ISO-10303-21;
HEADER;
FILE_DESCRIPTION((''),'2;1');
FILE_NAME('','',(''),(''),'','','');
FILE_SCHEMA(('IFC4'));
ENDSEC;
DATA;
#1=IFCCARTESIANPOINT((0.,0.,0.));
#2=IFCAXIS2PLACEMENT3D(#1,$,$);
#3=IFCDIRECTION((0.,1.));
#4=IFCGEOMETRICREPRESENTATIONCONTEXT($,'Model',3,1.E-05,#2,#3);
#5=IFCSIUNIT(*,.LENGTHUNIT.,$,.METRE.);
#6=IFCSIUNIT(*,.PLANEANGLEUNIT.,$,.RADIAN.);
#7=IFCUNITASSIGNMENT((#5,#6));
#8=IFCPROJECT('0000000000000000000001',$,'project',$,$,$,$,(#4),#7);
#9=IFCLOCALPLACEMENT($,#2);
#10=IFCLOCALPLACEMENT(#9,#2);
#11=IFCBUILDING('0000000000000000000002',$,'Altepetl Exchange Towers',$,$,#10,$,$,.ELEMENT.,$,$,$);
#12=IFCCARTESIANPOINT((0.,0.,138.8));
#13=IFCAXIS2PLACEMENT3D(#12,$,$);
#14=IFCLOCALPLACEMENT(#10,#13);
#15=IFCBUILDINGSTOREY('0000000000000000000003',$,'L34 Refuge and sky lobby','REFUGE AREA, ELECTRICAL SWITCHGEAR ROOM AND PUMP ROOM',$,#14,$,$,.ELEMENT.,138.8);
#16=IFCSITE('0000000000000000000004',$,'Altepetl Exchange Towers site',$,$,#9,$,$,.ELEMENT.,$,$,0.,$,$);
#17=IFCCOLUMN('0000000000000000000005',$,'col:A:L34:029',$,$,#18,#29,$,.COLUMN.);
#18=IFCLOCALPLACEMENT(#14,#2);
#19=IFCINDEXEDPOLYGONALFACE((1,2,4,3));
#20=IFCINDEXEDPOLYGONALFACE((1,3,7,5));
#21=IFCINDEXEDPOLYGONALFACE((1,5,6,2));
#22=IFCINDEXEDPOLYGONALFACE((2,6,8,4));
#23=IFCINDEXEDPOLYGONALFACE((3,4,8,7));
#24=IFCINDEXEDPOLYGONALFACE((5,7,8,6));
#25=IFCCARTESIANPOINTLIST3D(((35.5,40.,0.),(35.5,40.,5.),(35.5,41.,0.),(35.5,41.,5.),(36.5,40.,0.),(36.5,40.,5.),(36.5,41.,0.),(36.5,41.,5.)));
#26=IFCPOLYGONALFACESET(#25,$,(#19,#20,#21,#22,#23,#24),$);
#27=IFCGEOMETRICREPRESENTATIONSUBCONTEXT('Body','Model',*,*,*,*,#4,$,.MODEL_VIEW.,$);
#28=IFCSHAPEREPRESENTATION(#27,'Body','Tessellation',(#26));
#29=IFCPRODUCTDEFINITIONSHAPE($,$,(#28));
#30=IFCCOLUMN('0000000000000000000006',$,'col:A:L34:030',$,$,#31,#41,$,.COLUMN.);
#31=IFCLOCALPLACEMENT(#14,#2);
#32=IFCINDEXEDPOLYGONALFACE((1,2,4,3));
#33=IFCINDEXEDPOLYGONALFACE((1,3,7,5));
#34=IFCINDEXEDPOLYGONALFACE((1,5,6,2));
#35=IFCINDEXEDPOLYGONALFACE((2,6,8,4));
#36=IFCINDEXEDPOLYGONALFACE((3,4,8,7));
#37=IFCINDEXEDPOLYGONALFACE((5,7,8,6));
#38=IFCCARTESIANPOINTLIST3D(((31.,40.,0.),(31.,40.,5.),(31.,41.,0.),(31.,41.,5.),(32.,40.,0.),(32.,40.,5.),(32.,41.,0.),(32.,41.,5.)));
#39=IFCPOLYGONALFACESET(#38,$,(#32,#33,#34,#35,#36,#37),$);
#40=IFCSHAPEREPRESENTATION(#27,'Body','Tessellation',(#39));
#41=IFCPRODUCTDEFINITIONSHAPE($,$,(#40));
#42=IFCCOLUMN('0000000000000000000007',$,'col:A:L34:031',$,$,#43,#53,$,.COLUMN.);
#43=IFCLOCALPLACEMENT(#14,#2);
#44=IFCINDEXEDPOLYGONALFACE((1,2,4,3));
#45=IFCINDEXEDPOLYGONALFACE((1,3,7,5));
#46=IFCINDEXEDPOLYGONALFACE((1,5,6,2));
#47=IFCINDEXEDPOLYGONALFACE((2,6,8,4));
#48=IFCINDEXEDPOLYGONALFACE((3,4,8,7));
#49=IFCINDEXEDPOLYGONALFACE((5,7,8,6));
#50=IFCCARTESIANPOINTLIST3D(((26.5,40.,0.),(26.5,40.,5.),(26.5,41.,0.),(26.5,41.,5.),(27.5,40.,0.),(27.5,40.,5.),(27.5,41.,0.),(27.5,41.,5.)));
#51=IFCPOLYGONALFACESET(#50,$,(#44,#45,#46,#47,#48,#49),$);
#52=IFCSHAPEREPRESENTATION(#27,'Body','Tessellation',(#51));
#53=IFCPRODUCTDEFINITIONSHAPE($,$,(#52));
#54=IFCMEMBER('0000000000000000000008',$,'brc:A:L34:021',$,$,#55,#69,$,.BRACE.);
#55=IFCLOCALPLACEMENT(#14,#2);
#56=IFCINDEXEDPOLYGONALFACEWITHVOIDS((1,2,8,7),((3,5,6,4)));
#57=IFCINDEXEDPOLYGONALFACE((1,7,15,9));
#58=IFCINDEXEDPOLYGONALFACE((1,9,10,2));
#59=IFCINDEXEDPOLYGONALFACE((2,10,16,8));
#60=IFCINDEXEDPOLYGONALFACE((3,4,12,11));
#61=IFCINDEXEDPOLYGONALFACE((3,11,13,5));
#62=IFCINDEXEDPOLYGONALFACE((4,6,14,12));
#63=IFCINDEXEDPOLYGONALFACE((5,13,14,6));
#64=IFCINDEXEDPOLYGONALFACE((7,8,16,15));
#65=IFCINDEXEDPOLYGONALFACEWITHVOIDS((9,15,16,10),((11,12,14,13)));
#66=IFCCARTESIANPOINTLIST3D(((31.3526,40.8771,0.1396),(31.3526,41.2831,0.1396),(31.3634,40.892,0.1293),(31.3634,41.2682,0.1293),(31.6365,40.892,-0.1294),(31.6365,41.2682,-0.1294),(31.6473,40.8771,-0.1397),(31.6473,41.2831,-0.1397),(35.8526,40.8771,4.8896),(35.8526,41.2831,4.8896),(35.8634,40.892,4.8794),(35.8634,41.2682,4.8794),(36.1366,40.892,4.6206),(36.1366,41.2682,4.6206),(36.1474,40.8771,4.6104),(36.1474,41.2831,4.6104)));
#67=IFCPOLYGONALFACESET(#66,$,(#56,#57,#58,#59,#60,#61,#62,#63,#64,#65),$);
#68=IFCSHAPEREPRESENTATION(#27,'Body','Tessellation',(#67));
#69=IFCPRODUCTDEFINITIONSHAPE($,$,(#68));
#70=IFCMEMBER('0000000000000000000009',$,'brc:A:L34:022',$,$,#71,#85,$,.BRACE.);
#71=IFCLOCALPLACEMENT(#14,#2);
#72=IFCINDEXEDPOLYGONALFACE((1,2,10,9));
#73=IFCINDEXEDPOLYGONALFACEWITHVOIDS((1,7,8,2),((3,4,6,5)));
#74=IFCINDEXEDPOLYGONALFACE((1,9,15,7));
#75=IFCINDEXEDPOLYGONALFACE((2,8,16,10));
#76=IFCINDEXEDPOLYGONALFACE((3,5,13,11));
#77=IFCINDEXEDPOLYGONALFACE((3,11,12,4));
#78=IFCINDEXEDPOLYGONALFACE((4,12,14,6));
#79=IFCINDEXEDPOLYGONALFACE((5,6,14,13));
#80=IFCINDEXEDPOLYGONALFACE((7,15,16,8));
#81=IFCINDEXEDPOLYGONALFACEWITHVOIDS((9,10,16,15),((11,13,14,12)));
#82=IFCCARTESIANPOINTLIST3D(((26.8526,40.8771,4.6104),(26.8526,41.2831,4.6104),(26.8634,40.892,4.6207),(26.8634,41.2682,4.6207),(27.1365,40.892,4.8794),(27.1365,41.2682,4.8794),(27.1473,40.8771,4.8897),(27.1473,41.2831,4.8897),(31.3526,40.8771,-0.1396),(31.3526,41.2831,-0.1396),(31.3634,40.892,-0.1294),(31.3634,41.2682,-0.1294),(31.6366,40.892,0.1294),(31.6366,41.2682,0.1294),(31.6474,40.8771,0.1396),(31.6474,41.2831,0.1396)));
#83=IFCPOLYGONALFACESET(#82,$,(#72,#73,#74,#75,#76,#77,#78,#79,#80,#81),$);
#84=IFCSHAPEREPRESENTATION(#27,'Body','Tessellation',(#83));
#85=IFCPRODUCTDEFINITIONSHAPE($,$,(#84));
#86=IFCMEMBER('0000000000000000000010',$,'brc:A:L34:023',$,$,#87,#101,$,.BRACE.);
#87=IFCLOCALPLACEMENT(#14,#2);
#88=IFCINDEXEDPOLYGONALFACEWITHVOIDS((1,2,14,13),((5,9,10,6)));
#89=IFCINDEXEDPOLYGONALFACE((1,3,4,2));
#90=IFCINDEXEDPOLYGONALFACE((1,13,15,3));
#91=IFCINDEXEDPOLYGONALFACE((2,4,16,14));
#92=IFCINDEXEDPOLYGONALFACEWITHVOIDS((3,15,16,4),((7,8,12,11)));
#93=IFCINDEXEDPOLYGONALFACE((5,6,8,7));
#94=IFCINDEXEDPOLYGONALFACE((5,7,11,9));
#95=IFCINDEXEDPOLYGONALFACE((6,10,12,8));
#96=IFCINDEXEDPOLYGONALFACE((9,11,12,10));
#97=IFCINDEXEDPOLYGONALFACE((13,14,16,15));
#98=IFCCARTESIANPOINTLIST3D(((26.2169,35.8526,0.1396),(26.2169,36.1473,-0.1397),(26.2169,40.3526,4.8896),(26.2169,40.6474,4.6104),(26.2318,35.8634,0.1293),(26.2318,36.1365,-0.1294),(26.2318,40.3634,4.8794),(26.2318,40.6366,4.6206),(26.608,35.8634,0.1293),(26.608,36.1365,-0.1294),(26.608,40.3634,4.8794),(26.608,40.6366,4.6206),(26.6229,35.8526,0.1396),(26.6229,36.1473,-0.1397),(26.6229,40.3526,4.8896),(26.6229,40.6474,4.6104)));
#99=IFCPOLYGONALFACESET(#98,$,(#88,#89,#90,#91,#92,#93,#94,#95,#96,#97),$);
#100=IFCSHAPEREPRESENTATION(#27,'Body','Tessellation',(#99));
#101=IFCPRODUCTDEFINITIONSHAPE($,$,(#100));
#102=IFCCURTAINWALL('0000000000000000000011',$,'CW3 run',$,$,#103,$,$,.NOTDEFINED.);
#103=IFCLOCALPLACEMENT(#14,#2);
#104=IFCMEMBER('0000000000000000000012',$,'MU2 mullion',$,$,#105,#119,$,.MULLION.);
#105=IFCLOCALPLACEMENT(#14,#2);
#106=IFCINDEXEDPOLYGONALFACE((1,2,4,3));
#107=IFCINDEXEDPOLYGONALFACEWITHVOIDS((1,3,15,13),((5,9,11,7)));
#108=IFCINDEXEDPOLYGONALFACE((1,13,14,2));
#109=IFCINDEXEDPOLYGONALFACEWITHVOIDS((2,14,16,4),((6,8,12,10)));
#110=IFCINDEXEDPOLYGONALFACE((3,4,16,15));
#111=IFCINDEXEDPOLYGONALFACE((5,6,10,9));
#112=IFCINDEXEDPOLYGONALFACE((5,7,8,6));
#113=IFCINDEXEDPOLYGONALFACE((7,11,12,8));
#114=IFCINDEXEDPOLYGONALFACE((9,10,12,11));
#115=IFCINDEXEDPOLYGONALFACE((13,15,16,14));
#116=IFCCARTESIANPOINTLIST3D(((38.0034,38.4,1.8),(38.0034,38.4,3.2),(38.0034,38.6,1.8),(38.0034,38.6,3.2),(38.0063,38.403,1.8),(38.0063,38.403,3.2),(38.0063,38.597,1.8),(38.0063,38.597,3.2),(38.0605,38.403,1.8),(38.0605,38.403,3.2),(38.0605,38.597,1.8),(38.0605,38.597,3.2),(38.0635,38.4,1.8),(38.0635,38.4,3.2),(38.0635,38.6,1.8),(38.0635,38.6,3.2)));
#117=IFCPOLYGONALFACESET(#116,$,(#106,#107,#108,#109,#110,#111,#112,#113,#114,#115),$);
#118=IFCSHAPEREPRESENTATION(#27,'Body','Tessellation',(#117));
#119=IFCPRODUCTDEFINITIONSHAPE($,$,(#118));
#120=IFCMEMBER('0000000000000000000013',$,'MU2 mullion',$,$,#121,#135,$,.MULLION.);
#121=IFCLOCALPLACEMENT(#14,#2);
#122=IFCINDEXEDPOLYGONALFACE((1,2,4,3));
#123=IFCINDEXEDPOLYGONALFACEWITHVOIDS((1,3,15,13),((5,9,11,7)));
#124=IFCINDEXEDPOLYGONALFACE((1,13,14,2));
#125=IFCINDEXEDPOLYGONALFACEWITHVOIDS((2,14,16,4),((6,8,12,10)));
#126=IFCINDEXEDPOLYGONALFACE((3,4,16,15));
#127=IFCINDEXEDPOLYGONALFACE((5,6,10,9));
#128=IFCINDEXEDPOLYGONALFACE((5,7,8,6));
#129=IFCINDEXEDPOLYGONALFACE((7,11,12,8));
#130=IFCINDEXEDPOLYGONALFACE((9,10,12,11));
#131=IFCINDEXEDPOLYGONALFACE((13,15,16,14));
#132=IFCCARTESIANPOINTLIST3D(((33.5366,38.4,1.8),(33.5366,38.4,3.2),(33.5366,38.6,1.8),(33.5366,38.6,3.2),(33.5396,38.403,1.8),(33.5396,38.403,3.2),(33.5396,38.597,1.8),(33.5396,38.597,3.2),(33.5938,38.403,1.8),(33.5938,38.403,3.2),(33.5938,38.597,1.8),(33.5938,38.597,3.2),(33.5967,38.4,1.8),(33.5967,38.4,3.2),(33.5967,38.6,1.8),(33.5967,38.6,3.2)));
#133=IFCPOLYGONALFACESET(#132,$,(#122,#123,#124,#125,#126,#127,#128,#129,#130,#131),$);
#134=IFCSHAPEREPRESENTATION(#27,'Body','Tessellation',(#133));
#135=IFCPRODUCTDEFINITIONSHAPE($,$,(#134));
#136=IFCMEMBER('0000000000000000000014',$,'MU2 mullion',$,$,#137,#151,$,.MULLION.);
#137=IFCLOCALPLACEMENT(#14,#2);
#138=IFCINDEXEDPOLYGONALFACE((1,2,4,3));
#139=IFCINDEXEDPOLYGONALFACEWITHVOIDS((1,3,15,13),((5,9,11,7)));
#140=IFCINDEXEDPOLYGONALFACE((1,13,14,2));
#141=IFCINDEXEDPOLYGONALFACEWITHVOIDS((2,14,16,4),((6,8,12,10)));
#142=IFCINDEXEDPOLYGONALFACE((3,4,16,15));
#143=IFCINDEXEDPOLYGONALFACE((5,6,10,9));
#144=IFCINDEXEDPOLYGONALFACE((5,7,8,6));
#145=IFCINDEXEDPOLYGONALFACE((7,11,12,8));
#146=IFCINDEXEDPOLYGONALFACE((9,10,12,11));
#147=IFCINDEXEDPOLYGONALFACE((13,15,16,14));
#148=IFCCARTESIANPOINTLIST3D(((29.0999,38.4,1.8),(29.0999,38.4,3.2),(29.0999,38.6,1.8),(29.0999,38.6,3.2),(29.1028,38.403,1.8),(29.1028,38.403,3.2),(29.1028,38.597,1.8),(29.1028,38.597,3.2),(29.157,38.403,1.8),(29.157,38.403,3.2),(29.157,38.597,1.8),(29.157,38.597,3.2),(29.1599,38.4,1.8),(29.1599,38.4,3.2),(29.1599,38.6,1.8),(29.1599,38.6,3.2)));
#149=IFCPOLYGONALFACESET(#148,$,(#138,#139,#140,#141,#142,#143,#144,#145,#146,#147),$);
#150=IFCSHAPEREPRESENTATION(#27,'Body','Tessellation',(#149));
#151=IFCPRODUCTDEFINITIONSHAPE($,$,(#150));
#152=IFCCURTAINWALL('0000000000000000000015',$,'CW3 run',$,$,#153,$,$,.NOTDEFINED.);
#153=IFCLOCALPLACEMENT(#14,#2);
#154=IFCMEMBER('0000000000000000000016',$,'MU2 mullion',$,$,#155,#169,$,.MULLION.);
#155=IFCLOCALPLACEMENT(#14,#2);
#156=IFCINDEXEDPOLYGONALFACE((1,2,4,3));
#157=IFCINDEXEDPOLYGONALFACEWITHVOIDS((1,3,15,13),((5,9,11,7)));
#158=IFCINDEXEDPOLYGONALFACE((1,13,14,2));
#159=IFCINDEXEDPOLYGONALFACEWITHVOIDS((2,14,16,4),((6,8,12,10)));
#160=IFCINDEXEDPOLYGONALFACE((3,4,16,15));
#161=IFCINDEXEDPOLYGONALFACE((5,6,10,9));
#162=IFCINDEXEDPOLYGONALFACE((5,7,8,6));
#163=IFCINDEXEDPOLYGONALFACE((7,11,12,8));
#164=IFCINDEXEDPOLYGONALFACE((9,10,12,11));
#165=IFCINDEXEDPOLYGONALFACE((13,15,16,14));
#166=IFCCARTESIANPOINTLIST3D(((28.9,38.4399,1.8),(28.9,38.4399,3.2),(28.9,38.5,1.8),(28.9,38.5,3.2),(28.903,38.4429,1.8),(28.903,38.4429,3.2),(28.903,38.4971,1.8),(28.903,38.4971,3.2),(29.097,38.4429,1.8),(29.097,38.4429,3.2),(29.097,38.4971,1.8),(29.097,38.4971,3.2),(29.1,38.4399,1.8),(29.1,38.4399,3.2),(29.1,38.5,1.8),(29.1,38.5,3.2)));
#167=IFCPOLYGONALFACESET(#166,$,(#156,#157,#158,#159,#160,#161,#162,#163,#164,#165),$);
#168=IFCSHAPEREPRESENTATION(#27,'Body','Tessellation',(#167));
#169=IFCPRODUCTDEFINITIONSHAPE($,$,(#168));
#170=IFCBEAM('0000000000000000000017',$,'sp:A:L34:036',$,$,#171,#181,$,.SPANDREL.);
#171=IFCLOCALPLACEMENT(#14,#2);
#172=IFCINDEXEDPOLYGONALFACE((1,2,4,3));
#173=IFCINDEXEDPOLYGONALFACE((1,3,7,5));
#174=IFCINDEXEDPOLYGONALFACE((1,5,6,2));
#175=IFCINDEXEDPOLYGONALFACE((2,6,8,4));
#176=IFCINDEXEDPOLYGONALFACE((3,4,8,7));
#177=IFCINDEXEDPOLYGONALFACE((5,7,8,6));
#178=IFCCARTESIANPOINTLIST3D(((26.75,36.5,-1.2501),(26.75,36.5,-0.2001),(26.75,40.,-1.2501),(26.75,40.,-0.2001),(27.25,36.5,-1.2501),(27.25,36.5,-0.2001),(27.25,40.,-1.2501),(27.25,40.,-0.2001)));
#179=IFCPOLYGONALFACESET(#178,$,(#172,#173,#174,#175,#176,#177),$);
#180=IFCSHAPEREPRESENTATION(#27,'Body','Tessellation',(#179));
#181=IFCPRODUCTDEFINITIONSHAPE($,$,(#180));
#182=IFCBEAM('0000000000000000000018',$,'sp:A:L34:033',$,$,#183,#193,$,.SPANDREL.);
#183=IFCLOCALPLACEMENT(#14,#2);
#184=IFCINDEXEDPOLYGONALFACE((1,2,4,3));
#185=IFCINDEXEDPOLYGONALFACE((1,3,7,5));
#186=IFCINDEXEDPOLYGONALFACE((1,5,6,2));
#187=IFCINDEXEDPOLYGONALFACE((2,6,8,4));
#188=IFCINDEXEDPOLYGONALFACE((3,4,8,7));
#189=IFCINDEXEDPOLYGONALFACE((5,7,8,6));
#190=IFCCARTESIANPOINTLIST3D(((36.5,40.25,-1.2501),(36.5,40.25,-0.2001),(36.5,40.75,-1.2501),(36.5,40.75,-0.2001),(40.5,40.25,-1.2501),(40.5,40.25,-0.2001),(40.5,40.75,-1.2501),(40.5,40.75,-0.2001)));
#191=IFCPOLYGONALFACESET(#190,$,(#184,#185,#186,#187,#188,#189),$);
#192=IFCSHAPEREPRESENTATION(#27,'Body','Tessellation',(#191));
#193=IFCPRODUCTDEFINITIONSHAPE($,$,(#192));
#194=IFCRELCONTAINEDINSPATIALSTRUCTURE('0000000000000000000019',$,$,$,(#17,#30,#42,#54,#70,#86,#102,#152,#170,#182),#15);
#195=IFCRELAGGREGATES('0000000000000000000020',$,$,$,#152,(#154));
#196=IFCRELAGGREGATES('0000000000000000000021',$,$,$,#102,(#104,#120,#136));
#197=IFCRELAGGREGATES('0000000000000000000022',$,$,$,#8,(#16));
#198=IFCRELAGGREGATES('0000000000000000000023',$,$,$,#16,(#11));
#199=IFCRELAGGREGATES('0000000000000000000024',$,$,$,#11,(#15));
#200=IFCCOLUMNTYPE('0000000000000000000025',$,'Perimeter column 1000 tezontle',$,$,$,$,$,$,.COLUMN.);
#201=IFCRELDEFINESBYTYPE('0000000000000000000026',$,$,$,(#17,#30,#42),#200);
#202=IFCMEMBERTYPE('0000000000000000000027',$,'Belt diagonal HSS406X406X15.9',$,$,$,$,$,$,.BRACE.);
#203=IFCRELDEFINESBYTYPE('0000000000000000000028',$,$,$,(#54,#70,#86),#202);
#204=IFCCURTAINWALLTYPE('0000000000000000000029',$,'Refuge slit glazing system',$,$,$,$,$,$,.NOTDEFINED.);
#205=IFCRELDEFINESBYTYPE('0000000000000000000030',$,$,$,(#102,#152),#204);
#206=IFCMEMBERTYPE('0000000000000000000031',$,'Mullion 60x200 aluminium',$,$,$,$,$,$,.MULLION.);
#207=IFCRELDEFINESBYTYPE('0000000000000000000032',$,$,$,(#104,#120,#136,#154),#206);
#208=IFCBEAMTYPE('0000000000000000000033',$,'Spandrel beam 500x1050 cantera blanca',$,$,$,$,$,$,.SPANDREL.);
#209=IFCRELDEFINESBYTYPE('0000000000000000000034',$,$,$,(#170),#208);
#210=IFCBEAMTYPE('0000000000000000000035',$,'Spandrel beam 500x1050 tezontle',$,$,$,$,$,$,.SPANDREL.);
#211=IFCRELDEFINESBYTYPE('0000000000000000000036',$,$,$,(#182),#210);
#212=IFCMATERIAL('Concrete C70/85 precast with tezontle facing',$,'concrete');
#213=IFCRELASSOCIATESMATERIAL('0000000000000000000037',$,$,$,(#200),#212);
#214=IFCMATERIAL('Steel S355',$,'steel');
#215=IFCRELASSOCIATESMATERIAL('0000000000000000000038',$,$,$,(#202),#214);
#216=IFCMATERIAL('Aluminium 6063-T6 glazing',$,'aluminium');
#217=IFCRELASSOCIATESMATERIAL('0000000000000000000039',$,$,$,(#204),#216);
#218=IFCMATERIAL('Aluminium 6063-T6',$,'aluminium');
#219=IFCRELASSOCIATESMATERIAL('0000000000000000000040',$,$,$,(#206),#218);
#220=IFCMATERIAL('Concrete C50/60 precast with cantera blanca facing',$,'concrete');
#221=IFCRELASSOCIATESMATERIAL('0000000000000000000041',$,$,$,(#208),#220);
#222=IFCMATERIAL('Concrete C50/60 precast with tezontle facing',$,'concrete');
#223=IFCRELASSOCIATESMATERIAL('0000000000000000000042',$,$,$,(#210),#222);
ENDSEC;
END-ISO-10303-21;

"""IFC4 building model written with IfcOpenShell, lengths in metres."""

from ifc_helpers import new_model, si_unit, direction, frame, origin, origin_2d, place, context, subcontext, project, spatial, rectangle, hollow_rectangle, extrude, material, material_profile, profile_set, type_object, element, aggregate, save


model = new_model("IFC4")

# Units and contexts
model_context = context("Model", 3, precision=1e-05, world=origin(), true_north=direction((0.0, 1.0)))
body_context = subcontext(model_context, "Body", "Model", "MODEL_VIEW")
ifc_project = project(units=[si_unit("LENGTHUNIT", "METRE"), si_unit("PLANEANGLEUNIT", "RADIAN")], contexts=[model_context])

# Site, building, storey
site_placement = place(None, origin())
site = spatial("IfcSite", under=ifc_project, at=site_placement, Name="Altepetl Exchange Towers site", CompositionType="ELEMENT", RefElevation=0.0)
building_placement = place(site_placement, origin())
building = spatial("IfcBuilding", under=site, at=building_placement, Name="Altepetl Exchange Towers", CompositionType="ELEMENT")
storey_placement = place(building_placement, frame((0.0, 0.0, 138.8)))
storey = spatial("IfcBuildingStorey", under=building, at=storey_placement, Name="L34 Refuge and sky lobby", Description="REFUGE AREA, ELECTRICAL SWITCHGEAR ROOM AND PUMP ROOM", CompositionType="ELEMENT", Elevation=138.8)

# Columns
ifc_material_1 = material(Name="Concrete C70/85 precast with tezontle facing", Category="concrete")
ifc_material_profile_1 = material_profile(ifc_material_1, rectangle(XDim=1.0, YDim=1.0, at=origin_2d()), Name="1000 x 1000")
ifc_profile_set_1 = profile_set([ifc_material_profile_1], Name="Concrete C70/85 precast with tezontle facing")
column_type = type_object("IfcColumnType", Name="Perimeter column 1000 tezontle", PredefinedType="COLUMN", material=ifc_profile_set_1)
for number, where, name in (
    (1, (36.0, 40.5, 0.0), "col:A:L34:029"),
    (2, (31.5, 40.5, 0.0), "col:A:L34:030"),
    (3, (27.0, 40.5, 0.0), "col:A:L34:031"),
):
    element("IfcColumn", number, at=place(storey_placement, frame(where)), inside=storey, type_object=column_type, Name=name, PredefinedType="COLUMN", context=body_context, shape_type="SweptSolid", body=[
        extrude(rectangle(XDim=1.0, YDim=1.0, at=origin_2d()), origin(), (0.0, 0.0, 1.0), 5.0),
    ])

# Members
ifc_material_2 = material(Name="Steel S355", Category="steel")
ifc_material_profile_2 = material_profile(ifc_material_2, hollow_rectangle(XDim=0.406, YDim=0.406, WallThickness=0.0149, at=origin_2d()), Name="HSS406X406X15.9")
ifc_profile_set_2 = profile_set([ifc_material_profile_2], Name="Steel S355")
member_type_1 = type_object("IfcMemberType", Name="Belt diagonal HSS406X406X15.9", PredefinedType="BRACE", material=ifc_profile_set_2)
for number, where, z_axis, x_axis, name in (
    (4, (36.0, 41.0801, 4.75), (-0.687745, 0.0, -0.725953), (0.0, -1.0, 0.0), "brc:A:L34:021"),
    (5, (31.5, 41.0801, 0.0), (-0.687745, 0.0, 0.725953), (0.0, -1.0, 0.0), "brc:A:L34:022"),
    (6, (26.4199, 40.5, 4.75), (0.0, -0.687745, -0.725953), (1.0, 0.0, 0.0), "brc:A:L34:023"),
):
    element("IfcMember", number, at=place(storey_placement, frame(where, z_axis=z_axis, x_axis=x_axis)), inside=storey, type_object=member_type_1, Name=name, PredefinedType="BRACE", context=body_context, shape_type="SweptSolid", body=[
        extrude(hollow_rectangle(XDim=0.406, YDim=0.406, WallThickness=0.0149, at=origin_2d()), origin(), (0.0, 0.0, 1.0), 6.5432),
    ])

# Curtain wall, members
ifc_material_3 = material(Name="Aluminium 6063-T6 glazing", Category="aluminium")
curtain_wall_type = type_object("IfcCurtainWallType", Name="Refuge slit glazing system", PredefinedType="NOTDEFINED", material=ifc_material_3)
curtain_wall_1_placement = place(storey_placement, origin())
curtain_wall_1 = element("IfcCurtainWall", 7, at=curtain_wall_1_placement, inside=storey, type_object=curtain_wall_type, Name="CW3 run", PredefinedType="NOTDEFINED")
ifc_material_4 = material(Name="Aluminium 6063-T6", Category="aluminium")
ifc_material_profile_3 = material_profile(ifc_material_4, hollow_rectangle(XDim=0.0601, YDim=0.2, WallThickness=0.0029, at=origin_2d()), Name="Mullion 60x200 aluminium")
ifc_profile_set_3 = profile_set([ifc_material_profile_3], Name="Aluminium 6063-T6")
member_type_2 = type_object("IfcMemberType", Name="Mullion 60x200 aluminium", PredefinedType="MULLION", material=ifc_profile_set_3)
member_1_placement = place(storey_placement, frame((38.0334, 38.5, 1.8), z_axis=(0.0, 0.0, 1.0), x_axis=(-1.0, 0.0, 0.0)))
member_1 = element("IfcMember", 8, at=member_1_placement, type_object=member_type_2, Name="MU2 mullion", PredefinedType="MULLION", context=body_context, shape_type="SweptSolid", body=[
    extrude(hollow_rectangle(XDim=0.0601, YDim=0.2, WallThickness=0.0029, at=origin_2d()), origin(), (0.0, 0.0, 1.0), 1.3999),
])
member_2_placement = place(storey_placement, frame((33.5667, 38.5, 1.8), z_axis=(0.0, 0.0, 1.0), x_axis=(-1.0, 0.0, 0.0)))
member_2 = element("IfcMember", 9, at=member_2_placement, type_object=member_type_2, Name="MU2 mullion", PredefinedType="MULLION", context=body_context, shape_type="SweptSolid", body=[
    extrude(hollow_rectangle(XDim=0.0601, YDim=0.2, WallThickness=0.0029, at=origin_2d()), origin(), (0.0, 0.0, 1.0), 1.3999),
])
member_3_placement = place(storey_placement, frame((29.1299, 38.5, 1.8), z_axis=(0.0, 0.0, 1.0), x_axis=(-1.0, 0.0, 0.0)))
member_3 = element("IfcMember", 10, at=member_3_placement, type_object=member_type_2, Name="MU2 mullion", PredefinedType="MULLION", context=body_context, shape_type="SweptSolid", body=[
    extrude(hollow_rectangle(XDim=0.0601, YDim=0.2, WallThickness=0.0029, at=origin_2d()), origin(), (0.0, 0.0, 1.0), 1.3999),
])

# Curtain wall, member
curtain_wall_2_placement = place(storey_placement, origin())
curtain_wall_2 = element("IfcCurtainWall", 11, at=curtain_wall_2_placement, inside=storey, type_object=curtain_wall_type, Name="CW3 run", PredefinedType="NOTDEFINED")
member_4_placement = place(storey_placement, frame((29.0, 38.47, 1.8), z_axis=(0.0, 0.0, 1.0), x_axis=(0.0, -1.0, 0.0)))
member_4 = element("IfcMember", 12, at=member_4_placement, type_object=member_type_2, Name="MU2 mullion", PredefinedType="MULLION", context=body_context, shape_type="SweptSolid", body=[
    extrude(hollow_rectangle(XDim=0.0601, YDim=0.2, WallThickness=0.0029, at=origin_2d()), origin(), (0.0, 0.0, 1.0), 1.3999),
])
aggregate(curtain_wall_2, [member_4])

# Beams
ifc_material_5 = material(Name="Concrete C50/60 precast with cantera blanca facing", Category="concrete")
ifc_material_profile_4 = material_profile(ifc_material_5, rectangle(XDim=0.5, YDim=1.05, at=origin_2d()), Name="500 x 1050")
ifc_profile_set_4 = profile_set([ifc_material_profile_4], Name="Concrete C50/60 precast with cantera blanca facing")
beam_type_1 = type_object("IfcBeamType", Name="Spandrel beam 500x1050 cantera blanca", PredefinedType="SPANDREL", material=ifc_profile_set_4)
beam_1_placement = place(storey_placement, frame((27.0, 40.0, -0.7251), z_axis=(0.0, -1.0, 0.0), x_axis=(1.0, 0.0, 0.0)))
element("IfcBeam", 13, at=beam_1_placement, inside=storey, type_object=beam_type_1, Name="sp:A:L34:036", PredefinedType="SPANDREL", context=body_context, shape_type="SweptSolid", body=[
    extrude(rectangle(XDim=0.5, YDim=1.05, at=origin_2d()), origin(), (0.0, 0.0, 1.0), 3.5),
])
ifc_material_6 = material(Name="Concrete C50/60 precast with tezontle facing", Category="concrete")
ifc_material_profile_5 = material_profile(ifc_material_6, rectangle(XDim=0.5, YDim=1.05, at=origin_2d()), Name="500 x 1050")
ifc_profile_set_5 = profile_set([ifc_material_profile_5], Name="Concrete C50/60 precast with tezontle facing")
beam_type_2 = type_object("IfcBeamType", Name="Spandrel beam 500x1050 tezontle", PredefinedType="SPANDREL", material=ifc_profile_set_5)
beam_2_placement = place(storey_placement, frame((40.5, 40.5, -0.7251), z_axis=(-1.0, 0.0, 0.0), x_axis=(0.0, -1.0, 0.0)))
element("IfcBeam", 14, at=beam_2_placement, inside=storey, type_object=beam_type_2, Name="sp:A:L34:033", PredefinedType="SPANDREL", context=body_context, shape_type="SweptSolid", body=[
    extrude(rectangle(XDim=0.5, YDim=1.05, at=origin_2d()), origin(), (0.0, 0.0, 1.0), 4.0),
])

aggregate(curtain_wall_1, [member_1, member_2, member_3])

save(model, "model.ifc")
